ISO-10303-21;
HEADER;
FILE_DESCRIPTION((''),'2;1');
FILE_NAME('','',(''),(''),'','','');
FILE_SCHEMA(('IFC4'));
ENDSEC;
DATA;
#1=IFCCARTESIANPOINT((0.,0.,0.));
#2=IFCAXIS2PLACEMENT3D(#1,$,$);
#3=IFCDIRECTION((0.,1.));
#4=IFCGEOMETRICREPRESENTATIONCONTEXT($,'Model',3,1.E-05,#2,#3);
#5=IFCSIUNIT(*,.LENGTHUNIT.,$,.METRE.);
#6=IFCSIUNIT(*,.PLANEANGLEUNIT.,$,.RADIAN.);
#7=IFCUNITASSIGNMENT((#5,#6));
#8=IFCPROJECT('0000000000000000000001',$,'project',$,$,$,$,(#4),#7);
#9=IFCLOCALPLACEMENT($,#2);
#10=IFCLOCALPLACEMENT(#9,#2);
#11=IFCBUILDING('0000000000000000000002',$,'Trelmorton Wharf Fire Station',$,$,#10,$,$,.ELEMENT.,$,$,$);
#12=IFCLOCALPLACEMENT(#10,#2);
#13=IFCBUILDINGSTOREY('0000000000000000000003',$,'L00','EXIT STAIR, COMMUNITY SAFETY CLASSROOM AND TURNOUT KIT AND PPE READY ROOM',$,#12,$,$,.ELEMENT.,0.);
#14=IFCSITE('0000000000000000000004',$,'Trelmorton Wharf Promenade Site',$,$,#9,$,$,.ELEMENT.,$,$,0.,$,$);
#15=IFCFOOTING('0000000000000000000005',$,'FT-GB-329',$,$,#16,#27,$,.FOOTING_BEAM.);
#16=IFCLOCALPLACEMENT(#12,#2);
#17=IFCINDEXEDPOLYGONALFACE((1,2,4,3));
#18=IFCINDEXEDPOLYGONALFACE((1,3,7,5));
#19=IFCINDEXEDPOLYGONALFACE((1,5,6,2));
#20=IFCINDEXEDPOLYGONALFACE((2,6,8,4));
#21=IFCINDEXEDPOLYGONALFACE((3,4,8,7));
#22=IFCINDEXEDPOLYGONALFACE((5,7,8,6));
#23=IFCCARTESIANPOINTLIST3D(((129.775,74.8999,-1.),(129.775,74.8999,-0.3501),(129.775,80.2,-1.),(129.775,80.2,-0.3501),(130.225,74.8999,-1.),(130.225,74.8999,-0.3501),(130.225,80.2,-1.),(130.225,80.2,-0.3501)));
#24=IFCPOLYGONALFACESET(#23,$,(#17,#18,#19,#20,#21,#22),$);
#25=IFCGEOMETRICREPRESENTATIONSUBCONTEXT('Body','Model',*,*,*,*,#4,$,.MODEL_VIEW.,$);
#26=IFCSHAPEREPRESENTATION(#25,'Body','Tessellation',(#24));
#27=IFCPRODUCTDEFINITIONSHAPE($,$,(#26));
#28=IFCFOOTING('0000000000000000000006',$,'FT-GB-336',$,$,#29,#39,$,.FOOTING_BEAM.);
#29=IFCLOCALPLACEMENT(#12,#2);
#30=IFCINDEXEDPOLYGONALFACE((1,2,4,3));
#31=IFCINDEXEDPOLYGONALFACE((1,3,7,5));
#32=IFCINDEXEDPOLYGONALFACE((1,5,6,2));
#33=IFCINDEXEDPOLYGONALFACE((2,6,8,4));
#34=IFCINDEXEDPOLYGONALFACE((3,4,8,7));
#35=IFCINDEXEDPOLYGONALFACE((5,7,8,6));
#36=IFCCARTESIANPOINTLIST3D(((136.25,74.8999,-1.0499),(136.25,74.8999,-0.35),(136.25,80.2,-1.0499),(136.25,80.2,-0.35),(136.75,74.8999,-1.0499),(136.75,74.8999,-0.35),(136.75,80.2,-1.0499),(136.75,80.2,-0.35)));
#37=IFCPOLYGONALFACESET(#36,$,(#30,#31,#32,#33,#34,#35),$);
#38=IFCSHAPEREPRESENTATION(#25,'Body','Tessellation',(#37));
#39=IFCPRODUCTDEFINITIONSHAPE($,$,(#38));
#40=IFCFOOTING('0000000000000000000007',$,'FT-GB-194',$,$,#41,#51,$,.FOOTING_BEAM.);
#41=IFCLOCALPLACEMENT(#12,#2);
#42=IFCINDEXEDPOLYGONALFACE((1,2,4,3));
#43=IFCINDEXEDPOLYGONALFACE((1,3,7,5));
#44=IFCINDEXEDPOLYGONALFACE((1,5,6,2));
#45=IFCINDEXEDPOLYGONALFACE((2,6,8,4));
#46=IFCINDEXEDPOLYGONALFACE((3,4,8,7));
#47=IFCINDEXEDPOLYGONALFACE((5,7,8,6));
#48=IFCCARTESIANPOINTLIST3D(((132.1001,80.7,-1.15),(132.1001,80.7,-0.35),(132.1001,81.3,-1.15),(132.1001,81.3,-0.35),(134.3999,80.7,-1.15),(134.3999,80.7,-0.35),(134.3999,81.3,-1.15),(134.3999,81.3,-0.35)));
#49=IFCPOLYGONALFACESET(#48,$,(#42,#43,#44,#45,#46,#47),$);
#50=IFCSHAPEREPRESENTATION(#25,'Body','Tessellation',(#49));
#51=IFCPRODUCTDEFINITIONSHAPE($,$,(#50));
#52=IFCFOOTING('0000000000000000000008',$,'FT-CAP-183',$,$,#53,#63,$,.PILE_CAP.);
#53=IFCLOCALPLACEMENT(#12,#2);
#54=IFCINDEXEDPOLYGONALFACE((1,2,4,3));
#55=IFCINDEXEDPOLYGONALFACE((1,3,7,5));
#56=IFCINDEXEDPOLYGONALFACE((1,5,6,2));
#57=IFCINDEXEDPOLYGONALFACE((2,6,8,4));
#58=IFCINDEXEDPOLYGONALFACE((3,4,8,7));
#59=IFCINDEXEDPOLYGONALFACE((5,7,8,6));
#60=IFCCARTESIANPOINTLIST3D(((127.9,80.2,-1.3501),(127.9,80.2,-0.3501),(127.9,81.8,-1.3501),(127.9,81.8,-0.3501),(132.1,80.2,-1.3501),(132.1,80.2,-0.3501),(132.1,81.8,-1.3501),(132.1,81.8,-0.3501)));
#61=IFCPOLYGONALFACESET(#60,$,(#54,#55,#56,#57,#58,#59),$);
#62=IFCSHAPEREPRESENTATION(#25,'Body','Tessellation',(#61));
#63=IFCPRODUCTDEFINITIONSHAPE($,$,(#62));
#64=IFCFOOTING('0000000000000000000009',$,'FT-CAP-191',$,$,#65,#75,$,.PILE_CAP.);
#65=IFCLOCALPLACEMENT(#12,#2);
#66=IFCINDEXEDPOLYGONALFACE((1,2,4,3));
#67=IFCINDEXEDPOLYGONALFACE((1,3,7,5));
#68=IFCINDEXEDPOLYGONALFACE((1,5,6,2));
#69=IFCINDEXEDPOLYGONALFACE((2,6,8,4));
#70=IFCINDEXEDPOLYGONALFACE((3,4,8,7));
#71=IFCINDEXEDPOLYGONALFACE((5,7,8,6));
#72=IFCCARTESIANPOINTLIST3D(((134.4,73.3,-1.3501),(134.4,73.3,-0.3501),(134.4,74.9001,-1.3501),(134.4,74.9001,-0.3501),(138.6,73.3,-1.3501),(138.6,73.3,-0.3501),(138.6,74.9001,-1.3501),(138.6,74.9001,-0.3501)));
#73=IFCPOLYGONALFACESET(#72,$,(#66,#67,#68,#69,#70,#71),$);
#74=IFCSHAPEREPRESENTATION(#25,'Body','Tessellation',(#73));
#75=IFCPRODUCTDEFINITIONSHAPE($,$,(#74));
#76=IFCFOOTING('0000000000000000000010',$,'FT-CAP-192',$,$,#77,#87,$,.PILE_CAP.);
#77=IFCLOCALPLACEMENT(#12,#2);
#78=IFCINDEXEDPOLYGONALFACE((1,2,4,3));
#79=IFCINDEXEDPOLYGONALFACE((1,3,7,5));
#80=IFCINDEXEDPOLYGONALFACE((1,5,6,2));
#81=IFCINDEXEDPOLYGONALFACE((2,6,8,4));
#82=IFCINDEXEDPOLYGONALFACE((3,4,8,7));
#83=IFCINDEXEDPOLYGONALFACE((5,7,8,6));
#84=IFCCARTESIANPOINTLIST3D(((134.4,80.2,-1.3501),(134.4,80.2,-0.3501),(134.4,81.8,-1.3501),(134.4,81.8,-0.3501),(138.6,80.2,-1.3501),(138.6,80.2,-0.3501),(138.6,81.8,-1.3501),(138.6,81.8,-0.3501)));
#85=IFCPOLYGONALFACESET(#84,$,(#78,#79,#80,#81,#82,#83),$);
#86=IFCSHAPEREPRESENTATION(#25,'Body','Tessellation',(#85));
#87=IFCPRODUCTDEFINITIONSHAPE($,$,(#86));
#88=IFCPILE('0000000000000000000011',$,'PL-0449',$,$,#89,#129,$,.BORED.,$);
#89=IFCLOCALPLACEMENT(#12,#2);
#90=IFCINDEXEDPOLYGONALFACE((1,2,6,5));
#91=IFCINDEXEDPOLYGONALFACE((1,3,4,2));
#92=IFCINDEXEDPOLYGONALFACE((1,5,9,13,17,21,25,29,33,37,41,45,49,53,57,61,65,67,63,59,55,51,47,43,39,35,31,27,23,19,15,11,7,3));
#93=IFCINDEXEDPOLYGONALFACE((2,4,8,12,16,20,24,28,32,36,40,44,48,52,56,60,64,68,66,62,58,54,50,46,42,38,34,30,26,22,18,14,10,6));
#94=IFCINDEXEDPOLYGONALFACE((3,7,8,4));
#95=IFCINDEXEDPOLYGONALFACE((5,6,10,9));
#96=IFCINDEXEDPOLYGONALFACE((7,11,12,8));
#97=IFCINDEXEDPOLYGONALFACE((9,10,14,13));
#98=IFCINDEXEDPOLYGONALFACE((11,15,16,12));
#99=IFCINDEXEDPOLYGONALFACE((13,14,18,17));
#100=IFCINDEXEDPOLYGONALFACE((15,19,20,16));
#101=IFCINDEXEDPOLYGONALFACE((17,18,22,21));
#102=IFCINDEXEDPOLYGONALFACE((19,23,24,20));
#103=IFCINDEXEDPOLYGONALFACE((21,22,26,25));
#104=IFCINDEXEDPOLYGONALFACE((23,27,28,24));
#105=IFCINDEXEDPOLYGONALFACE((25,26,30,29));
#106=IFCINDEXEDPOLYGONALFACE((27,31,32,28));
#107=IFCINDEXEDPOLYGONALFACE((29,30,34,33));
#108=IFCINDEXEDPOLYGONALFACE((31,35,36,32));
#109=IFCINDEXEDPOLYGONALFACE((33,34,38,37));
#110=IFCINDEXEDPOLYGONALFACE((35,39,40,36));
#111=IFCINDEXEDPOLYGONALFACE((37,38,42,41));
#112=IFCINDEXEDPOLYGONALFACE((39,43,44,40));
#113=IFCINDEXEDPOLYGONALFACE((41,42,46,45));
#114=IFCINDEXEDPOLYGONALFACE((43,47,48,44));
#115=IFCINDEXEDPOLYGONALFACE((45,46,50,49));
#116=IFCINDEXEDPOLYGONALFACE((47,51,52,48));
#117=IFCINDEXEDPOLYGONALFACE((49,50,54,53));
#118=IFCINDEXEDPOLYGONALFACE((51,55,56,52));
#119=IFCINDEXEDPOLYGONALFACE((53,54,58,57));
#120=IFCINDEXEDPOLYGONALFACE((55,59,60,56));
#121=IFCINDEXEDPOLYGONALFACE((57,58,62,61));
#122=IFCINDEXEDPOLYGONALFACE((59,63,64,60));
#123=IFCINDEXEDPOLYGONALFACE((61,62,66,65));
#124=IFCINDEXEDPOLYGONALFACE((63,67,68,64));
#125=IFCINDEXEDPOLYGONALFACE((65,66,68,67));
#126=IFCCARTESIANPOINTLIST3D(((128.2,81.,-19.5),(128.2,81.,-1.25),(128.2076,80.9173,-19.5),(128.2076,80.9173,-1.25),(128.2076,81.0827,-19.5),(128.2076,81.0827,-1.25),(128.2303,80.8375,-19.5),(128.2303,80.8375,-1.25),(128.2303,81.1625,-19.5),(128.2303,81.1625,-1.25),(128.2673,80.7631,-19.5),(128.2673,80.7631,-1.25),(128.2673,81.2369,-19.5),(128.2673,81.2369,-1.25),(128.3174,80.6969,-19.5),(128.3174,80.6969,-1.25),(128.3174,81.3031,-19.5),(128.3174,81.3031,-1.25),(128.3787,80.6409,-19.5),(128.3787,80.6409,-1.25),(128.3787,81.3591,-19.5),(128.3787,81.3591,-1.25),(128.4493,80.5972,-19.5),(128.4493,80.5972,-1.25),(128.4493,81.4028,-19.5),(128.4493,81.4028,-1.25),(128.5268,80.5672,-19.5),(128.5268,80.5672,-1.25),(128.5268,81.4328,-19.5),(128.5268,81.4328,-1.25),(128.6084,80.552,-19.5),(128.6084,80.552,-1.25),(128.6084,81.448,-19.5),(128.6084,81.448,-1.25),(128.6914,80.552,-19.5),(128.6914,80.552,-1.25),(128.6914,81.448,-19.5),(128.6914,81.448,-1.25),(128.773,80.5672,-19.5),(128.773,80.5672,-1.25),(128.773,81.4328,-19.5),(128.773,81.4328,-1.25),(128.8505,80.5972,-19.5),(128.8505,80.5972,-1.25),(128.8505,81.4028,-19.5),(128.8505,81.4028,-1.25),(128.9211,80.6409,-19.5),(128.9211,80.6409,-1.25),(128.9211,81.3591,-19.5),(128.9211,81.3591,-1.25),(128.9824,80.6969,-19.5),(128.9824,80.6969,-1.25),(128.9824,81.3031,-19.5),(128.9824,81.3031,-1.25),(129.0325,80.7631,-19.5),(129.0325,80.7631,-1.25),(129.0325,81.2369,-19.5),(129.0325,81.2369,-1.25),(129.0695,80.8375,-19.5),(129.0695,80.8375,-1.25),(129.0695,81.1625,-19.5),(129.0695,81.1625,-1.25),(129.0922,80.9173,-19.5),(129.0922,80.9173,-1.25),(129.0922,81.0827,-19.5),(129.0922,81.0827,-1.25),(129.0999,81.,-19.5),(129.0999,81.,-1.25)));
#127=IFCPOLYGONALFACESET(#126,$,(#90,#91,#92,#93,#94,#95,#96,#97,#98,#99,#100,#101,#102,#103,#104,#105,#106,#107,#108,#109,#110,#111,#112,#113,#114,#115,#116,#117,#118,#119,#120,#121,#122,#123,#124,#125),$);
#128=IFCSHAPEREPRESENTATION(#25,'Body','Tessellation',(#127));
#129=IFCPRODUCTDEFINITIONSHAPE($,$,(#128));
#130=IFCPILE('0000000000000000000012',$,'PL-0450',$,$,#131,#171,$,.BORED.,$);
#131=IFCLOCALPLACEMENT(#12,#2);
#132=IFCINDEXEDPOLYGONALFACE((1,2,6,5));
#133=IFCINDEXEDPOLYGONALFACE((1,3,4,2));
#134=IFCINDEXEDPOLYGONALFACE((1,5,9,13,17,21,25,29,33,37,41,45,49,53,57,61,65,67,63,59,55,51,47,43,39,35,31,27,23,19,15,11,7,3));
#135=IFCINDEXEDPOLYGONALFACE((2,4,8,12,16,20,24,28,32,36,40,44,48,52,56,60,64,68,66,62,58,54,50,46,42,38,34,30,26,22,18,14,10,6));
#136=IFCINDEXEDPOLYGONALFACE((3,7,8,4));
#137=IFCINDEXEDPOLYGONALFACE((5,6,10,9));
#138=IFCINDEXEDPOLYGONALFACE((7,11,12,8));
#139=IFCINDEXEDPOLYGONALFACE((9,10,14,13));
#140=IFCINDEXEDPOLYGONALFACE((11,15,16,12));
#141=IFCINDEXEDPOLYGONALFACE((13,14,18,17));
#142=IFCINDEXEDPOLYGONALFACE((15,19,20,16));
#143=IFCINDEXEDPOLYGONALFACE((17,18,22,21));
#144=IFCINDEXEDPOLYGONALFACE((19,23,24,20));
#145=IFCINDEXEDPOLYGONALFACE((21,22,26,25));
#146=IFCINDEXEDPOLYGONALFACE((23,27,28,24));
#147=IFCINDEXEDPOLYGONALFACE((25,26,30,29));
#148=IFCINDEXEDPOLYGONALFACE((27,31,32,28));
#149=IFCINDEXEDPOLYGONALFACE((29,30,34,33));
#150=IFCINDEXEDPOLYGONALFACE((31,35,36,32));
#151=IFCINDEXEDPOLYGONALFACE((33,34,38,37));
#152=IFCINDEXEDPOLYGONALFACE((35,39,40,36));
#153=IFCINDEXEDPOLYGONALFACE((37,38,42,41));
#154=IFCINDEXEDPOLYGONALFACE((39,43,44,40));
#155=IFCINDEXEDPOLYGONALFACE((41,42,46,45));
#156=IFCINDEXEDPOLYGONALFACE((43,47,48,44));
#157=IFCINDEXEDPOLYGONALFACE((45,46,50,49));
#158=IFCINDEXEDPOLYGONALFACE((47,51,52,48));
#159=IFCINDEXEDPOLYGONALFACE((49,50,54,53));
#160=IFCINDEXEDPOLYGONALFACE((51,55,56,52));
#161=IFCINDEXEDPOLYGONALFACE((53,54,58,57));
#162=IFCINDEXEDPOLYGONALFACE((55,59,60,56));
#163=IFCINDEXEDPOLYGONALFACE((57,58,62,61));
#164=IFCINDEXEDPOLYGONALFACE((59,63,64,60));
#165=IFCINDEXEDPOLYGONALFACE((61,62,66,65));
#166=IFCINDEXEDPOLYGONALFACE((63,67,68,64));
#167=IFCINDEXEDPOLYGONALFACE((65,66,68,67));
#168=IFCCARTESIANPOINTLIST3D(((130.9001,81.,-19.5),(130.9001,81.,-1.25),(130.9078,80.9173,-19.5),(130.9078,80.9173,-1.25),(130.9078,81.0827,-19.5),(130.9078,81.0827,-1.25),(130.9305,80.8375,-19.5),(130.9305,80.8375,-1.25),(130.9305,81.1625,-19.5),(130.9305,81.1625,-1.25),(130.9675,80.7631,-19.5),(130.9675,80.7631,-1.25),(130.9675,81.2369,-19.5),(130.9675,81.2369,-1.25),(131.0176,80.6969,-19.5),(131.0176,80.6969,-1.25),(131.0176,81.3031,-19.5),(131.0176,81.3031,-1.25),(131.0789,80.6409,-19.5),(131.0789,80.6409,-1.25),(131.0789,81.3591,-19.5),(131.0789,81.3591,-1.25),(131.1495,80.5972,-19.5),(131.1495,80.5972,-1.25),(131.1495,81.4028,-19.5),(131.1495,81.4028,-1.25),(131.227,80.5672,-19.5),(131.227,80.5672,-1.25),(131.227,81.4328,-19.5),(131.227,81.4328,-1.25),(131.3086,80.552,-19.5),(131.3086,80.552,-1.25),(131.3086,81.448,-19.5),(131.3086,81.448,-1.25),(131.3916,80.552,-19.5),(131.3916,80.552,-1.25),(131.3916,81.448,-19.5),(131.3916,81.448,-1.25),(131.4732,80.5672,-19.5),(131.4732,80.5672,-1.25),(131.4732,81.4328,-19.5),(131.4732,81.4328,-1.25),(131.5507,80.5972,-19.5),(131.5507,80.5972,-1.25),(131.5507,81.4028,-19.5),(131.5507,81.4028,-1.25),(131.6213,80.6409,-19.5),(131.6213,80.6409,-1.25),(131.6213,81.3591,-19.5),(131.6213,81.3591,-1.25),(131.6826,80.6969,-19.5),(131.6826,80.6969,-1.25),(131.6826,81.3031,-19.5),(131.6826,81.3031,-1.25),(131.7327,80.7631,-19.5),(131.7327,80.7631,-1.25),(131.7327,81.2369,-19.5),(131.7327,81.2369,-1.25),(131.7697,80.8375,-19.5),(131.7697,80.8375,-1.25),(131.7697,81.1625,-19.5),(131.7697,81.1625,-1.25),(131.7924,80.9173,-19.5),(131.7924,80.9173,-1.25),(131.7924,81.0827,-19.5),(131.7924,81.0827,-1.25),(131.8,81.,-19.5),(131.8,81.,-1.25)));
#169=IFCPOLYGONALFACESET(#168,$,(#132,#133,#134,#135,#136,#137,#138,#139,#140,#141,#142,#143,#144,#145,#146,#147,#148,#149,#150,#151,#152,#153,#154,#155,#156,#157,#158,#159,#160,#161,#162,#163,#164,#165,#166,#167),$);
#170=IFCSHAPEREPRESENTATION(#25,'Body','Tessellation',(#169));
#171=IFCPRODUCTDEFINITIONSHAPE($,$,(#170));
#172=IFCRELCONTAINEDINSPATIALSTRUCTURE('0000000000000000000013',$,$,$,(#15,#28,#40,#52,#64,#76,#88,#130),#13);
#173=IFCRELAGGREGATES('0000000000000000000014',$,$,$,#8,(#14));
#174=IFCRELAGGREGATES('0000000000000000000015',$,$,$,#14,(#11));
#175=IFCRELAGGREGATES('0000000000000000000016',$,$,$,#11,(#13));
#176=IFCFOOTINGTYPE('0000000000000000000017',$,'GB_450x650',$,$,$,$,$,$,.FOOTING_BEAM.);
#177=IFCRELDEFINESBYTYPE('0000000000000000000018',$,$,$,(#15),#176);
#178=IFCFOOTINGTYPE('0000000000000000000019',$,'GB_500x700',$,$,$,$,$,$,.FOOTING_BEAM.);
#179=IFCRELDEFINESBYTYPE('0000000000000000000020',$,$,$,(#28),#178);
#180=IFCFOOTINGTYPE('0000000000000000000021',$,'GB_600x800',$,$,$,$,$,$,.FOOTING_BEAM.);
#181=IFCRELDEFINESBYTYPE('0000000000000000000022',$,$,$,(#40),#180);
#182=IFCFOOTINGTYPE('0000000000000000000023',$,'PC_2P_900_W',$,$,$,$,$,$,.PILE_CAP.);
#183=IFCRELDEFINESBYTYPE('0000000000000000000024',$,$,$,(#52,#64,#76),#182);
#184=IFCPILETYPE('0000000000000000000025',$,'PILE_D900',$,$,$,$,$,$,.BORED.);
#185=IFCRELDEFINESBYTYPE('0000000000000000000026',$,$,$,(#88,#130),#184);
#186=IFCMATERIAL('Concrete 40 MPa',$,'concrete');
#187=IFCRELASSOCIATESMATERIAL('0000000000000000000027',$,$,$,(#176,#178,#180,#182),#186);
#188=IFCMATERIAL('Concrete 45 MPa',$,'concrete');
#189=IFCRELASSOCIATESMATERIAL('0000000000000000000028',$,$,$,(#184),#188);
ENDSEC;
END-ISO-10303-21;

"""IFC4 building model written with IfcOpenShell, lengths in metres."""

from ifc_helpers import new_model, si_unit, direction, frame, origin, origin_2d, place, context, subcontext, project, spatial, rectangle, circle, extrude, material, material_profile, profile_set, type_object, element, save


model = new_model("IFC4")

# Units and contexts
model_context = context("Model", 3, precision=1e-05, world=origin(), true_north=direction((0.0, 1.0)))
body_context = subcontext(model_context, "Body", "Model", "MODEL_VIEW")
ifc_project = project(units=[si_unit("LENGTHUNIT", "METRE"), si_unit("PLANEANGLEUNIT", "RADIAN")], contexts=[model_context])

# Site, building, storey
site_placement = place(None, origin())
site = spatial("IfcSite", under=ifc_project, at=site_placement, Name="Trelmorton Wharf Promenade Site", CompositionType="ELEMENT", RefElevation=0.0)
building_placement = place(site_placement, origin())
building = spatial("IfcBuilding", under=site, at=building_placement, Name="Trelmorton Wharf Fire Station", CompositionType="ELEMENT")
storey_placement = place(building_placement, origin())
storey = spatial("IfcBuildingStorey", under=building, at=storey_placement, Name="L00", Description="EXIT STAIR, COMMUNITY SAFETY CLASSROOM AND TURNOUT KIT AND PPE READY ROOM", CompositionType="ELEMENT", Elevation=0.0)

# Footings
ifc_material_1 = material(Name="Concrete 40 MPa", Category="concrete")
ifc_material_profile_1 = material_profile(ifc_material_1, rectangle(XDim=0.45, YDim=0.6499, at=origin_2d()), Name="RC450x650")
ifc_profile_set_1 = profile_set([ifc_material_profile_1], Name="Concrete 40 MPa")
footing_type_1 = type_object("IfcFootingType", Name="GB_450x650", PredefinedType="FOOTING_BEAM", material=ifc_profile_set_1)
footing_1_placement = place(storey_placement, frame((130.0, 74.8999, -0.675), z_axis=(0.0, 1.0, 0.0), x_axis=(-1.0, 0.0, 0.0)))
element("IfcFooting", 1, at=footing_1_placement, inside=storey, type_object=footing_type_1, Name="FT-GB-329", PredefinedType="FOOTING_BEAM", context=body_context, shape_type="SweptSolid", body=[
    extrude(rectangle(XDim=0.45, YDim=0.6499, at=origin_2d()), origin(), (0.0, 0.0, 1.0), 5.3),
])
ifc_material_profile_2 = material_profile(ifc_material_1, rectangle(XDim=0.5, YDim=0.7, at=origin_2d()), Name="RC500x700")
ifc_profile_set_2 = profile_set([ifc_material_profile_2], Name="Concrete 40 MPa")
footing_type_2 = type_object("IfcFootingType", Name="GB_500x700", PredefinedType="FOOTING_BEAM", material=ifc_profile_set_2)
footing_2_placement = place(storey_placement, frame((136.5, 74.8999, -0.7), z_axis=(0.0, 1.0, 0.0), x_axis=(-1.0, 0.0, 0.0)))
element("IfcFooting", 2, at=footing_2_placement, inside=storey, type_object=footing_type_2, Name="FT-GB-336", PredefinedType="FOOTING_BEAM", context=body_context, shape_type="SweptSolid", body=[
    extrude(rectangle(XDim=0.5, YDim=0.7, at=origin_2d()), origin(), (0.0, 0.0, 1.0), 5.3),
])
ifc_material_profile_3 = material_profile(ifc_material_1, rectangle(XDim=0.6001, YDim=0.8, at=origin_2d()), Name="RC600x800")
ifc_profile_set_3 = profile_set([ifc_material_profile_3], Name="Concrete 40 MPa")
footing_type_3 = type_object("IfcFootingType", Name="GB_600x800", PredefinedType="FOOTING_BEAM", material=ifc_profile_set_3)
footing_3_placement = place(storey_placement, frame((132.1001, 81.0, -0.75), z_axis=(1.0, 0.0, 0.0), x_axis=(0.0, 1.0, 0.0)))
element("IfcFooting", 3, at=footing_3_placement, inside=storey, type_object=footing_type_3, Name="FT-GB-194", PredefinedType="FOOTING_BEAM", context=body_context, shape_type="SweptSolid", body=[
    extrude(rectangle(XDim=0.6001, YDim=0.8, at=origin_2d()), origin(), (0.0, 0.0, 1.0), 2.2998),
])
footing_type_4 = type_object("IfcFootingType", Name="PC_2P_900_W", PredefinedType="PILE_CAP", material=ifc_material_1)
for number, where, z_axis, x_axis, name in (
    (4, (130.0, 81.0, -1.3501), (0.0, 0.0, 1.0), (1.0, 0.0, 0.0), "FT-CAP-183"),
    (5, (136.5, 74.1001, -1.3501), (0.0, 0.0, 1.0), (1.0, 0.0, 0.0), "FT-CAP-191"),
    (6, (136.5, 81.0, -1.3501), (0.0, 0.0, 1.0), (1.0, 0.0, 0.0), "FT-CAP-192"),
):
    element("IfcFooting", number, at=place(storey_placement, frame(where, z_axis=z_axis, x_axis=x_axis)), inside=storey, type_object=footing_type_4, Name=name, PredefinedType="PILE_CAP", context=body_context, shape_type="SweptSolid", body=[
        extrude(rectangle(XDim=4.2, YDim=1.6001, at=origin_2d()), origin(), (0.0, 0.0, 1.0), 1.0),
    ])

# Piles
ifc_material_2 = material(Name="Concrete 45 MPa", Category="concrete")
ifc_material_profile_4 = material_profile(ifc_material_2, circle(Radius=0.45, at=origin_2d()), Name="PILE-D900")
ifc_profile_set_4 = profile_set([ifc_material_profile_4], Name="Concrete 45 MPa")
pile_type = type_object("IfcPileType", Name="PILE_D900", PredefinedType="BORED", material=ifc_profile_set_4)
for number, where, z_axis, x_axis, name in (
    (7, (128.6499, 81.0, -1.25), (0.0, 0.0, -1.0), (1.0, 0.0, 0.0), "PL-0449"),
    (8, (131.3501, 81.0, -1.25), (0.0, 0.0, -1.0), (1.0, 0.0, 0.0), "PL-0450"),
):
    element("IfcPile", number, at=place(storey_placement, frame(where, z_axis=z_axis, x_axis=x_axis)), inside=storey, type_object=pile_type, Name=name, PredefinedType="BORED", context=body_context, shape_type="SweptSolid", body=[
        extrude(circle(Radius=0.45, at=origin_2d()), origin(), (0.0, 0.0, 1.0), 18.25),
    ])

save(model, "model.ifc")
